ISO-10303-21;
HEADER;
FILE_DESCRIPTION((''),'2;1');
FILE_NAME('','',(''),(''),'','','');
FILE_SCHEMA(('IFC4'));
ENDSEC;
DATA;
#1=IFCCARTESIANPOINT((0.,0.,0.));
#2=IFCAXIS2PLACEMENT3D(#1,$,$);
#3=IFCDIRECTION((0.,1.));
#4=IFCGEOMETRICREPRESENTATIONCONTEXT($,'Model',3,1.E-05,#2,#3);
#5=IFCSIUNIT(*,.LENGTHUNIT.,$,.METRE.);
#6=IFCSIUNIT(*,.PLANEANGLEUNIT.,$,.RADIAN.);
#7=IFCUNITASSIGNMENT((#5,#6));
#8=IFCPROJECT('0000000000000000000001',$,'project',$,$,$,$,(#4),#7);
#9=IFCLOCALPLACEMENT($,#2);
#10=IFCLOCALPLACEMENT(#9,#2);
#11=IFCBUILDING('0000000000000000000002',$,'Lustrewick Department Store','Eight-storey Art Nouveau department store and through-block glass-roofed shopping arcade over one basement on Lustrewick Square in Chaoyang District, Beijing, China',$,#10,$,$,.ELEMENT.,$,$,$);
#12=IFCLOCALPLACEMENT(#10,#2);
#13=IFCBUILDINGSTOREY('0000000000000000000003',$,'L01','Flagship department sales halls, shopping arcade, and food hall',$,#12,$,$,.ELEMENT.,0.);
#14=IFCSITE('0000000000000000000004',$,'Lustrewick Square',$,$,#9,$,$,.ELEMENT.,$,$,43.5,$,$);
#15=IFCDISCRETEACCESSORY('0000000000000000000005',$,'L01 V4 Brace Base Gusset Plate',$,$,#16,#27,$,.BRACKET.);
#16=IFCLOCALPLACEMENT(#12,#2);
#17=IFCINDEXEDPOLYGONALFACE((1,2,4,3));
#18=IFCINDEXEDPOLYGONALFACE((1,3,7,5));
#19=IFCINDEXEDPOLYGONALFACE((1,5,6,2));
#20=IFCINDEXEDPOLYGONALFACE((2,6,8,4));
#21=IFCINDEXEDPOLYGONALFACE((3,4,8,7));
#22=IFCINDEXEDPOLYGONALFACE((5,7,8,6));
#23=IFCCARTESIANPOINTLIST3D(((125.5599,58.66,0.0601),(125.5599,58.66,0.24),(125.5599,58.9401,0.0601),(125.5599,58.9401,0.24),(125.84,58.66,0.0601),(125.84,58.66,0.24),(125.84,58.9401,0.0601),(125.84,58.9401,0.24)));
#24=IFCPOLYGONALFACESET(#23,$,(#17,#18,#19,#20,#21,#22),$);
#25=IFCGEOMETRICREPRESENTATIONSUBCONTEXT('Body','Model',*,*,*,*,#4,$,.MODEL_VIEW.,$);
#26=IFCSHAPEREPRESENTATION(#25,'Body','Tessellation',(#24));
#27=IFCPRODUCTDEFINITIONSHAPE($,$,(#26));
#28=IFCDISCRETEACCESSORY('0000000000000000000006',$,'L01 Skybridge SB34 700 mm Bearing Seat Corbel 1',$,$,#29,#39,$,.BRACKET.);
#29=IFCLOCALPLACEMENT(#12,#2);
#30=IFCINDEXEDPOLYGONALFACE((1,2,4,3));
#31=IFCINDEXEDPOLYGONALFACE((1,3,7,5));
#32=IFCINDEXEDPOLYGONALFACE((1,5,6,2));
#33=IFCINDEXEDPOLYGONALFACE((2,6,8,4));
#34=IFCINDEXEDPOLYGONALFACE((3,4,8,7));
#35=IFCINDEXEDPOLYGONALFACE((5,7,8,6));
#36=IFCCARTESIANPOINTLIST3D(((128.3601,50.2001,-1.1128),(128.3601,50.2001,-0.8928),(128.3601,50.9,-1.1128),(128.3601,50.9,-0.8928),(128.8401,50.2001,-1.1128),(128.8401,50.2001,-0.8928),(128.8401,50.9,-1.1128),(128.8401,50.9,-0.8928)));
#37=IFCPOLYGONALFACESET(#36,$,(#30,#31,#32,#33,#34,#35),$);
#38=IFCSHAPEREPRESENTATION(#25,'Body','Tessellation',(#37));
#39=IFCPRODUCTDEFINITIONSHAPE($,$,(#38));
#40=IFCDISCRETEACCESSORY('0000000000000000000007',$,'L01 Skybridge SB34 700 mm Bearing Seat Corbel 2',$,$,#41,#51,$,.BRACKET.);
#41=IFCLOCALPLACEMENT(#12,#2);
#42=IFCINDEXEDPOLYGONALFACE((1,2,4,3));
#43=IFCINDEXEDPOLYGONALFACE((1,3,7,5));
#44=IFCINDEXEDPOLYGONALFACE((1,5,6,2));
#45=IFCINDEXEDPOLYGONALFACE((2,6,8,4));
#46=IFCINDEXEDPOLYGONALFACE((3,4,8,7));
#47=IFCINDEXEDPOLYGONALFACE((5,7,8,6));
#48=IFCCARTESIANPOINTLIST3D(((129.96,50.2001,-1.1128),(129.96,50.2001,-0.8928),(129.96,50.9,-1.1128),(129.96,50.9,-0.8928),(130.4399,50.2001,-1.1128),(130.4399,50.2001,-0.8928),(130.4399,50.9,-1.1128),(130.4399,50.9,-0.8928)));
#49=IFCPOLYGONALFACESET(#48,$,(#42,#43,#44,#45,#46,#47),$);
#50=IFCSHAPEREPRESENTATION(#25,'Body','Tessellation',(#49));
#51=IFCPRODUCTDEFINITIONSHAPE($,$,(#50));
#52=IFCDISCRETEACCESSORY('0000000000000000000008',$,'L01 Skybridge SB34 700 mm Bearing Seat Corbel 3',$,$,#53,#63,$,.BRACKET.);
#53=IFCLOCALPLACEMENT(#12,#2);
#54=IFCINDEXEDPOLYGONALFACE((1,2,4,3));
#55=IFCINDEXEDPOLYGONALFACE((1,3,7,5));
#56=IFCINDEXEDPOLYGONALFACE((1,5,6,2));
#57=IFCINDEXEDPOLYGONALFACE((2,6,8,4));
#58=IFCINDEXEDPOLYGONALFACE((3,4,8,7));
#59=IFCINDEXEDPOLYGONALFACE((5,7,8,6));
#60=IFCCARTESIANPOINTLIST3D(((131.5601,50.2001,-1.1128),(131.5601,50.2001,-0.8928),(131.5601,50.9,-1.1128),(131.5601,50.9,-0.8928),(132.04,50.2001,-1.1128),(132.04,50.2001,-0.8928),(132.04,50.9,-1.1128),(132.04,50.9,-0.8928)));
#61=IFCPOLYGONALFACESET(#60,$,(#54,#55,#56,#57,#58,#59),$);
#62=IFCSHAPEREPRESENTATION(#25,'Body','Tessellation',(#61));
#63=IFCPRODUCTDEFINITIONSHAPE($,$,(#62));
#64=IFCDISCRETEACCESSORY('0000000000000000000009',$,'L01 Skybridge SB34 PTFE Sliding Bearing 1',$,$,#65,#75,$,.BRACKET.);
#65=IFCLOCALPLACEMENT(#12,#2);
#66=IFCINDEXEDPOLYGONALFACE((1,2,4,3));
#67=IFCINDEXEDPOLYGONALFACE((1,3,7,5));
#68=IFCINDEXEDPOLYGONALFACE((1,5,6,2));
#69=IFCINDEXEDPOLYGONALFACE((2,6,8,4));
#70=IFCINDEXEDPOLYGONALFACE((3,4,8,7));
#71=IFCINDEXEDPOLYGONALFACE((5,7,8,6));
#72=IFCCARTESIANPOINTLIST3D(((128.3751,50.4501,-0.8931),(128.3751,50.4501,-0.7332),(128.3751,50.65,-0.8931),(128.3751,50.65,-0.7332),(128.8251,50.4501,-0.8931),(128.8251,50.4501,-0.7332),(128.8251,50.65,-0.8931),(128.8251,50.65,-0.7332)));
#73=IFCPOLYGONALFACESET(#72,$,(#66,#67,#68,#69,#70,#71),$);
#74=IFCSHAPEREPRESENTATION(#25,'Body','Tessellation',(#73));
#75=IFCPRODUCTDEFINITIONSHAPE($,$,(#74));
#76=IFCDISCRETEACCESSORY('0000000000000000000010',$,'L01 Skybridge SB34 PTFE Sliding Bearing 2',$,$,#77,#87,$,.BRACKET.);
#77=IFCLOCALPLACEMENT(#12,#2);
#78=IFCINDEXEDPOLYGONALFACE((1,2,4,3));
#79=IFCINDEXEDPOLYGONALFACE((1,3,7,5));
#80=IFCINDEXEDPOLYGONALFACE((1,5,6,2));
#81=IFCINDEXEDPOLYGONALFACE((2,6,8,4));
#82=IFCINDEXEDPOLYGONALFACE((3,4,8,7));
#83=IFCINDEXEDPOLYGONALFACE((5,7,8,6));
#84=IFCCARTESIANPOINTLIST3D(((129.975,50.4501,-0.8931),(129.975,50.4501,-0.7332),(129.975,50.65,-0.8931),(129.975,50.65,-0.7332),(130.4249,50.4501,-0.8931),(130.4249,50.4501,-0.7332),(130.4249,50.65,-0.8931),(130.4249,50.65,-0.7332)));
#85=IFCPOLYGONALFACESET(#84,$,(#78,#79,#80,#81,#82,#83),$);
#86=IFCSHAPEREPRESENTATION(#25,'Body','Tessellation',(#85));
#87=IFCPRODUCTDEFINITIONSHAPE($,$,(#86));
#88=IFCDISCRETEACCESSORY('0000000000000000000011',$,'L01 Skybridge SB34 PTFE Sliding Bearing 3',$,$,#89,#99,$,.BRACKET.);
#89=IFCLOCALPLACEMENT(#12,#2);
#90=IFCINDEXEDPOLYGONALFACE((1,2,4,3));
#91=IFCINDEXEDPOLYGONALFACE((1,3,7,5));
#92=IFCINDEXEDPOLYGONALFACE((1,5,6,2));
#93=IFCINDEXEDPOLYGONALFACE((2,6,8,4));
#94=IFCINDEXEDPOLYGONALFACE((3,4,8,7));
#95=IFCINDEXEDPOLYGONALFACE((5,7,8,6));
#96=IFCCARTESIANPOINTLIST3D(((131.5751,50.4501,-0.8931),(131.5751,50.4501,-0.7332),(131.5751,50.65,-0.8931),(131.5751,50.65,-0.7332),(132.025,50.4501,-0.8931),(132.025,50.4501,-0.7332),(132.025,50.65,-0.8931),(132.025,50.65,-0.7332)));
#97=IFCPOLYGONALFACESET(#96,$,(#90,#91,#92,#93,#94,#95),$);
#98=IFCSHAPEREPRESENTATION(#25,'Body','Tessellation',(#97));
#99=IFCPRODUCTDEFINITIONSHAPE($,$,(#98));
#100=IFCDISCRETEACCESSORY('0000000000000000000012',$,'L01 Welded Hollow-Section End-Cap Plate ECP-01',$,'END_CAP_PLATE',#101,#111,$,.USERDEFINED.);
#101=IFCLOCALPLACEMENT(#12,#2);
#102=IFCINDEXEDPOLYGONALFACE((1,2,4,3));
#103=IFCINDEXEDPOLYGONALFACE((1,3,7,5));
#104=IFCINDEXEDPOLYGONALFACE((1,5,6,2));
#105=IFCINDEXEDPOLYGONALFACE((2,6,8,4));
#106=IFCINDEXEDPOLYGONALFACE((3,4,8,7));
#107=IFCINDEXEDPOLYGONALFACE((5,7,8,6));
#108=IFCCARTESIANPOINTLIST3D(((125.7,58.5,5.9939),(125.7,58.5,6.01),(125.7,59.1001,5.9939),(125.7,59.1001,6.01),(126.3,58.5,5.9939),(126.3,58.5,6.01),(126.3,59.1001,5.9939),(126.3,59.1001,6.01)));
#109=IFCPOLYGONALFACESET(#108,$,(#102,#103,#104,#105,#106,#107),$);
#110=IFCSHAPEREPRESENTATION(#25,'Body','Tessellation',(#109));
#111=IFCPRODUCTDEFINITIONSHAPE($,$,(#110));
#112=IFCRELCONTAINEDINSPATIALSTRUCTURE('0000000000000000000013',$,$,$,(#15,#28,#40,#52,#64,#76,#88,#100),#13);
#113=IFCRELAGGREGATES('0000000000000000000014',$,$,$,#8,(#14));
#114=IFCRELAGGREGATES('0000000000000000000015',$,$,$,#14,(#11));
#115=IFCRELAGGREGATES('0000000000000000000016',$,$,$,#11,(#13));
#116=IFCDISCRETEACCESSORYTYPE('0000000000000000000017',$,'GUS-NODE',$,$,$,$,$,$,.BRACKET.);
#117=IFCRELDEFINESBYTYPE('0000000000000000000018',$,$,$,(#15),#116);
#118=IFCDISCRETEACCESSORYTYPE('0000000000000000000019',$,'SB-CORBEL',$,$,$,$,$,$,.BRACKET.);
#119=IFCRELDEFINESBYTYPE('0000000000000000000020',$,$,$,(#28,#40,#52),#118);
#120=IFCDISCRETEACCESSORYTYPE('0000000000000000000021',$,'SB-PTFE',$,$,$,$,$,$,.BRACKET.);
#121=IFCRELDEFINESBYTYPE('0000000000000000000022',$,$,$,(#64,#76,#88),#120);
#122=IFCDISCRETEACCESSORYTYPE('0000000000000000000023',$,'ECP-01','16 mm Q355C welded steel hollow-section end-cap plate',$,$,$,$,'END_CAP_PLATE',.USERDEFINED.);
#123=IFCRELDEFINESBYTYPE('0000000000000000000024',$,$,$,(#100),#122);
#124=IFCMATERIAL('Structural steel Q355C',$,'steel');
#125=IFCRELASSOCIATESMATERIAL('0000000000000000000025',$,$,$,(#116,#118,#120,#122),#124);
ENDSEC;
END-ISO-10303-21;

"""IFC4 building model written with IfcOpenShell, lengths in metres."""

from ifc_helpers import new_model, si_unit, direction, frame, origin, origin_2d, place, context, subcontext, project, spatial, rectangle, extrude, material, type_object, element, save


model = new_model("IFC4")

# Units and contexts
model_context = context("Model", 3, precision=1e-05, world=origin(), true_north=direction((0.0, 1.0)))
body_context = subcontext(model_context, "Body", "Model", "MODEL_VIEW")
ifc_project = project(units=[si_unit("LENGTHUNIT", "METRE"), si_unit("PLANEANGLEUNIT", "RADIAN")], contexts=[model_context])

# Site, building, storey
site_placement = place(None, origin())
site = spatial("IfcSite", under=ifc_project, at=site_placement, Name="Lustrewick Square", CompositionType="ELEMENT", RefElevation=43.5)
building_placement = place(site_placement, origin())
building = spatial("IfcBuilding", under=site, at=building_placement, Name="Lustrewick Department Store", Description="Eight-storey Art Nouveau department store and through-block glass-roofed shopping arcade over one basement on Lustrewick Square in Chaoyang District, Beijing, China", CompositionType="ELEMENT")
storey_placement = place(building_placement, origin())
storey = spatial("IfcBuildingStorey", under=building, at=storey_placement, Name="L01", Description="Flagship department sales halls, shopping arcade, and food hall", CompositionType="ELEMENT", Elevation=0.0)

# Shared definitions
ifc_material_1 = material(Name="Structural steel Q355C", Category="steel")

# Discrete accessories
discrete_accessory_type_1 = type_object("IfcDiscreteAccessoryType", Name="GUS-NODE", PredefinedType="BRACKET", material=ifc_material_1)
discrete_accessory_1_placement = place(storey_placement, frame((125.7, 58.8, 0.0601), z_axis=(0.0, 0.0, 1.0), x_axis=(1.0, 0.0, 0.0)))
element("IfcDiscreteAccessory", 1, at=discrete_accessory_1_placement, inside=storey, type_object=discrete_accessory_type_1, Name="L01 V4 Brace Base Gusset Plate", PredefinedType="BRACKET", context=body_context, shape_type="SweptSolid", body=[
    extrude(rectangle(XDim=0.28, YDim=0.28, at=origin_2d()), origin(), (0.0, 0.0, 1.0), 0.1799),
])
discrete_accessory_type_2 = type_object("IfcDiscreteAccessoryType", Name="SB-CORBEL", PredefinedType="BRACKET", material=ifc_material_1)
for number, where, z_axis, x_axis, name in (
    (2, (128.6001, 50.55, -1.1128), (0.0, 0.0, 1.0), (1.0, 0.0, 0.0), "L01 Skybridge SB34 700 mm Bearing Seat Corbel 1"),
    (3, (130.2, 50.55, -1.1128), (0.0, 0.0, 1.0), (1.0, 0.0, 0.0), "L01 Skybridge SB34 700 mm Bearing Seat Corbel 2"),
    (4, (131.8, 50.55, -1.1128), (0.0, 0.0, 1.0), (1.0, 0.0, 0.0), "L01 Skybridge SB34 700 mm Bearing Seat Corbel 3"),
):
    element("IfcDiscreteAccessory", number, at=place(storey_placement, frame(where, z_axis=z_axis, x_axis=x_axis)), inside=storey, type_object=discrete_accessory_type_2, Name=name, PredefinedType="BRACKET", context=body_context, shape_type="SweptSolid", body=[
        extrude(rectangle(XDim=0.48, YDim=0.7, at=origin_2d()), origin(), (0.0, 0.0, 1.0), 0.22),
    ])
discrete_accessory_type_3 = type_object("IfcDiscreteAccessoryType", Name="SB-PTFE", PredefinedType="BRACKET", material=ifc_material_1)
for number, where, z_axis, x_axis, name in (
    (5, (128.6001, 50.55, -0.8931), (0.0, 0.0, 1.0), (1.0, 0.0, 0.0), "L01 Skybridge SB34 PTFE Sliding Bearing 1"),
    (6, (130.2, 50.55, -0.8931), (0.0, 0.0, 1.0), (1.0, 0.0, 0.0), "L01 Skybridge SB34 PTFE Sliding Bearing 2"),
    (7, (131.8, 50.55, -0.8931), (0.0, 0.0, 1.0), (1.0, 0.0, 0.0), "L01 Skybridge SB34 PTFE Sliding Bearing 3"),
):
    element("IfcDiscreteAccessory", number, at=place(storey_placement, frame(where, z_axis=z_axis, x_axis=x_axis)), inside=storey, type_object=discrete_accessory_type_3, Name=name, PredefinedType="BRACKET", context=body_context, shape_type="SweptSolid", body=[
        extrude(rectangle(XDim=0.45, YDim=0.2, at=origin_2d()), origin(), (0.0, 0.0, 1.0), 0.1599),
    ])
discrete_accessory_type_4 = type_object("IfcDiscreteAccessoryType", Name="ECP-01", Description="16 mm Q355C welded steel hollow-section end-cap plate", ElementType="END_CAP_PLATE", PredefinedType="USERDEFINED", material=ifc_material_1)
discrete_accessory_2_placement = place(storey_placement, frame((126.0, 58.8, 5.9939), z_axis=(0.0, 0.0, 1.0), x_axis=(1.0, 0.0, 0.0)))
element("IfcDiscreteAccessory", 8, at=discrete_accessory_2_placement, inside=storey, type_object=discrete_accessory_type_4, Name="L01 Welded Hollow-Section End-Cap Plate ECP-01", ObjectType="END_CAP_PLATE", PredefinedType="USERDEFINED", context=body_context, shape_type="SweptSolid", body=[
    extrude(rectangle(XDim=0.6001, YDim=0.6001, at=origin_2d()), origin(), (0.0, 0.0, 1.0), 0.0161),
])

save(model, "model.ifc")
